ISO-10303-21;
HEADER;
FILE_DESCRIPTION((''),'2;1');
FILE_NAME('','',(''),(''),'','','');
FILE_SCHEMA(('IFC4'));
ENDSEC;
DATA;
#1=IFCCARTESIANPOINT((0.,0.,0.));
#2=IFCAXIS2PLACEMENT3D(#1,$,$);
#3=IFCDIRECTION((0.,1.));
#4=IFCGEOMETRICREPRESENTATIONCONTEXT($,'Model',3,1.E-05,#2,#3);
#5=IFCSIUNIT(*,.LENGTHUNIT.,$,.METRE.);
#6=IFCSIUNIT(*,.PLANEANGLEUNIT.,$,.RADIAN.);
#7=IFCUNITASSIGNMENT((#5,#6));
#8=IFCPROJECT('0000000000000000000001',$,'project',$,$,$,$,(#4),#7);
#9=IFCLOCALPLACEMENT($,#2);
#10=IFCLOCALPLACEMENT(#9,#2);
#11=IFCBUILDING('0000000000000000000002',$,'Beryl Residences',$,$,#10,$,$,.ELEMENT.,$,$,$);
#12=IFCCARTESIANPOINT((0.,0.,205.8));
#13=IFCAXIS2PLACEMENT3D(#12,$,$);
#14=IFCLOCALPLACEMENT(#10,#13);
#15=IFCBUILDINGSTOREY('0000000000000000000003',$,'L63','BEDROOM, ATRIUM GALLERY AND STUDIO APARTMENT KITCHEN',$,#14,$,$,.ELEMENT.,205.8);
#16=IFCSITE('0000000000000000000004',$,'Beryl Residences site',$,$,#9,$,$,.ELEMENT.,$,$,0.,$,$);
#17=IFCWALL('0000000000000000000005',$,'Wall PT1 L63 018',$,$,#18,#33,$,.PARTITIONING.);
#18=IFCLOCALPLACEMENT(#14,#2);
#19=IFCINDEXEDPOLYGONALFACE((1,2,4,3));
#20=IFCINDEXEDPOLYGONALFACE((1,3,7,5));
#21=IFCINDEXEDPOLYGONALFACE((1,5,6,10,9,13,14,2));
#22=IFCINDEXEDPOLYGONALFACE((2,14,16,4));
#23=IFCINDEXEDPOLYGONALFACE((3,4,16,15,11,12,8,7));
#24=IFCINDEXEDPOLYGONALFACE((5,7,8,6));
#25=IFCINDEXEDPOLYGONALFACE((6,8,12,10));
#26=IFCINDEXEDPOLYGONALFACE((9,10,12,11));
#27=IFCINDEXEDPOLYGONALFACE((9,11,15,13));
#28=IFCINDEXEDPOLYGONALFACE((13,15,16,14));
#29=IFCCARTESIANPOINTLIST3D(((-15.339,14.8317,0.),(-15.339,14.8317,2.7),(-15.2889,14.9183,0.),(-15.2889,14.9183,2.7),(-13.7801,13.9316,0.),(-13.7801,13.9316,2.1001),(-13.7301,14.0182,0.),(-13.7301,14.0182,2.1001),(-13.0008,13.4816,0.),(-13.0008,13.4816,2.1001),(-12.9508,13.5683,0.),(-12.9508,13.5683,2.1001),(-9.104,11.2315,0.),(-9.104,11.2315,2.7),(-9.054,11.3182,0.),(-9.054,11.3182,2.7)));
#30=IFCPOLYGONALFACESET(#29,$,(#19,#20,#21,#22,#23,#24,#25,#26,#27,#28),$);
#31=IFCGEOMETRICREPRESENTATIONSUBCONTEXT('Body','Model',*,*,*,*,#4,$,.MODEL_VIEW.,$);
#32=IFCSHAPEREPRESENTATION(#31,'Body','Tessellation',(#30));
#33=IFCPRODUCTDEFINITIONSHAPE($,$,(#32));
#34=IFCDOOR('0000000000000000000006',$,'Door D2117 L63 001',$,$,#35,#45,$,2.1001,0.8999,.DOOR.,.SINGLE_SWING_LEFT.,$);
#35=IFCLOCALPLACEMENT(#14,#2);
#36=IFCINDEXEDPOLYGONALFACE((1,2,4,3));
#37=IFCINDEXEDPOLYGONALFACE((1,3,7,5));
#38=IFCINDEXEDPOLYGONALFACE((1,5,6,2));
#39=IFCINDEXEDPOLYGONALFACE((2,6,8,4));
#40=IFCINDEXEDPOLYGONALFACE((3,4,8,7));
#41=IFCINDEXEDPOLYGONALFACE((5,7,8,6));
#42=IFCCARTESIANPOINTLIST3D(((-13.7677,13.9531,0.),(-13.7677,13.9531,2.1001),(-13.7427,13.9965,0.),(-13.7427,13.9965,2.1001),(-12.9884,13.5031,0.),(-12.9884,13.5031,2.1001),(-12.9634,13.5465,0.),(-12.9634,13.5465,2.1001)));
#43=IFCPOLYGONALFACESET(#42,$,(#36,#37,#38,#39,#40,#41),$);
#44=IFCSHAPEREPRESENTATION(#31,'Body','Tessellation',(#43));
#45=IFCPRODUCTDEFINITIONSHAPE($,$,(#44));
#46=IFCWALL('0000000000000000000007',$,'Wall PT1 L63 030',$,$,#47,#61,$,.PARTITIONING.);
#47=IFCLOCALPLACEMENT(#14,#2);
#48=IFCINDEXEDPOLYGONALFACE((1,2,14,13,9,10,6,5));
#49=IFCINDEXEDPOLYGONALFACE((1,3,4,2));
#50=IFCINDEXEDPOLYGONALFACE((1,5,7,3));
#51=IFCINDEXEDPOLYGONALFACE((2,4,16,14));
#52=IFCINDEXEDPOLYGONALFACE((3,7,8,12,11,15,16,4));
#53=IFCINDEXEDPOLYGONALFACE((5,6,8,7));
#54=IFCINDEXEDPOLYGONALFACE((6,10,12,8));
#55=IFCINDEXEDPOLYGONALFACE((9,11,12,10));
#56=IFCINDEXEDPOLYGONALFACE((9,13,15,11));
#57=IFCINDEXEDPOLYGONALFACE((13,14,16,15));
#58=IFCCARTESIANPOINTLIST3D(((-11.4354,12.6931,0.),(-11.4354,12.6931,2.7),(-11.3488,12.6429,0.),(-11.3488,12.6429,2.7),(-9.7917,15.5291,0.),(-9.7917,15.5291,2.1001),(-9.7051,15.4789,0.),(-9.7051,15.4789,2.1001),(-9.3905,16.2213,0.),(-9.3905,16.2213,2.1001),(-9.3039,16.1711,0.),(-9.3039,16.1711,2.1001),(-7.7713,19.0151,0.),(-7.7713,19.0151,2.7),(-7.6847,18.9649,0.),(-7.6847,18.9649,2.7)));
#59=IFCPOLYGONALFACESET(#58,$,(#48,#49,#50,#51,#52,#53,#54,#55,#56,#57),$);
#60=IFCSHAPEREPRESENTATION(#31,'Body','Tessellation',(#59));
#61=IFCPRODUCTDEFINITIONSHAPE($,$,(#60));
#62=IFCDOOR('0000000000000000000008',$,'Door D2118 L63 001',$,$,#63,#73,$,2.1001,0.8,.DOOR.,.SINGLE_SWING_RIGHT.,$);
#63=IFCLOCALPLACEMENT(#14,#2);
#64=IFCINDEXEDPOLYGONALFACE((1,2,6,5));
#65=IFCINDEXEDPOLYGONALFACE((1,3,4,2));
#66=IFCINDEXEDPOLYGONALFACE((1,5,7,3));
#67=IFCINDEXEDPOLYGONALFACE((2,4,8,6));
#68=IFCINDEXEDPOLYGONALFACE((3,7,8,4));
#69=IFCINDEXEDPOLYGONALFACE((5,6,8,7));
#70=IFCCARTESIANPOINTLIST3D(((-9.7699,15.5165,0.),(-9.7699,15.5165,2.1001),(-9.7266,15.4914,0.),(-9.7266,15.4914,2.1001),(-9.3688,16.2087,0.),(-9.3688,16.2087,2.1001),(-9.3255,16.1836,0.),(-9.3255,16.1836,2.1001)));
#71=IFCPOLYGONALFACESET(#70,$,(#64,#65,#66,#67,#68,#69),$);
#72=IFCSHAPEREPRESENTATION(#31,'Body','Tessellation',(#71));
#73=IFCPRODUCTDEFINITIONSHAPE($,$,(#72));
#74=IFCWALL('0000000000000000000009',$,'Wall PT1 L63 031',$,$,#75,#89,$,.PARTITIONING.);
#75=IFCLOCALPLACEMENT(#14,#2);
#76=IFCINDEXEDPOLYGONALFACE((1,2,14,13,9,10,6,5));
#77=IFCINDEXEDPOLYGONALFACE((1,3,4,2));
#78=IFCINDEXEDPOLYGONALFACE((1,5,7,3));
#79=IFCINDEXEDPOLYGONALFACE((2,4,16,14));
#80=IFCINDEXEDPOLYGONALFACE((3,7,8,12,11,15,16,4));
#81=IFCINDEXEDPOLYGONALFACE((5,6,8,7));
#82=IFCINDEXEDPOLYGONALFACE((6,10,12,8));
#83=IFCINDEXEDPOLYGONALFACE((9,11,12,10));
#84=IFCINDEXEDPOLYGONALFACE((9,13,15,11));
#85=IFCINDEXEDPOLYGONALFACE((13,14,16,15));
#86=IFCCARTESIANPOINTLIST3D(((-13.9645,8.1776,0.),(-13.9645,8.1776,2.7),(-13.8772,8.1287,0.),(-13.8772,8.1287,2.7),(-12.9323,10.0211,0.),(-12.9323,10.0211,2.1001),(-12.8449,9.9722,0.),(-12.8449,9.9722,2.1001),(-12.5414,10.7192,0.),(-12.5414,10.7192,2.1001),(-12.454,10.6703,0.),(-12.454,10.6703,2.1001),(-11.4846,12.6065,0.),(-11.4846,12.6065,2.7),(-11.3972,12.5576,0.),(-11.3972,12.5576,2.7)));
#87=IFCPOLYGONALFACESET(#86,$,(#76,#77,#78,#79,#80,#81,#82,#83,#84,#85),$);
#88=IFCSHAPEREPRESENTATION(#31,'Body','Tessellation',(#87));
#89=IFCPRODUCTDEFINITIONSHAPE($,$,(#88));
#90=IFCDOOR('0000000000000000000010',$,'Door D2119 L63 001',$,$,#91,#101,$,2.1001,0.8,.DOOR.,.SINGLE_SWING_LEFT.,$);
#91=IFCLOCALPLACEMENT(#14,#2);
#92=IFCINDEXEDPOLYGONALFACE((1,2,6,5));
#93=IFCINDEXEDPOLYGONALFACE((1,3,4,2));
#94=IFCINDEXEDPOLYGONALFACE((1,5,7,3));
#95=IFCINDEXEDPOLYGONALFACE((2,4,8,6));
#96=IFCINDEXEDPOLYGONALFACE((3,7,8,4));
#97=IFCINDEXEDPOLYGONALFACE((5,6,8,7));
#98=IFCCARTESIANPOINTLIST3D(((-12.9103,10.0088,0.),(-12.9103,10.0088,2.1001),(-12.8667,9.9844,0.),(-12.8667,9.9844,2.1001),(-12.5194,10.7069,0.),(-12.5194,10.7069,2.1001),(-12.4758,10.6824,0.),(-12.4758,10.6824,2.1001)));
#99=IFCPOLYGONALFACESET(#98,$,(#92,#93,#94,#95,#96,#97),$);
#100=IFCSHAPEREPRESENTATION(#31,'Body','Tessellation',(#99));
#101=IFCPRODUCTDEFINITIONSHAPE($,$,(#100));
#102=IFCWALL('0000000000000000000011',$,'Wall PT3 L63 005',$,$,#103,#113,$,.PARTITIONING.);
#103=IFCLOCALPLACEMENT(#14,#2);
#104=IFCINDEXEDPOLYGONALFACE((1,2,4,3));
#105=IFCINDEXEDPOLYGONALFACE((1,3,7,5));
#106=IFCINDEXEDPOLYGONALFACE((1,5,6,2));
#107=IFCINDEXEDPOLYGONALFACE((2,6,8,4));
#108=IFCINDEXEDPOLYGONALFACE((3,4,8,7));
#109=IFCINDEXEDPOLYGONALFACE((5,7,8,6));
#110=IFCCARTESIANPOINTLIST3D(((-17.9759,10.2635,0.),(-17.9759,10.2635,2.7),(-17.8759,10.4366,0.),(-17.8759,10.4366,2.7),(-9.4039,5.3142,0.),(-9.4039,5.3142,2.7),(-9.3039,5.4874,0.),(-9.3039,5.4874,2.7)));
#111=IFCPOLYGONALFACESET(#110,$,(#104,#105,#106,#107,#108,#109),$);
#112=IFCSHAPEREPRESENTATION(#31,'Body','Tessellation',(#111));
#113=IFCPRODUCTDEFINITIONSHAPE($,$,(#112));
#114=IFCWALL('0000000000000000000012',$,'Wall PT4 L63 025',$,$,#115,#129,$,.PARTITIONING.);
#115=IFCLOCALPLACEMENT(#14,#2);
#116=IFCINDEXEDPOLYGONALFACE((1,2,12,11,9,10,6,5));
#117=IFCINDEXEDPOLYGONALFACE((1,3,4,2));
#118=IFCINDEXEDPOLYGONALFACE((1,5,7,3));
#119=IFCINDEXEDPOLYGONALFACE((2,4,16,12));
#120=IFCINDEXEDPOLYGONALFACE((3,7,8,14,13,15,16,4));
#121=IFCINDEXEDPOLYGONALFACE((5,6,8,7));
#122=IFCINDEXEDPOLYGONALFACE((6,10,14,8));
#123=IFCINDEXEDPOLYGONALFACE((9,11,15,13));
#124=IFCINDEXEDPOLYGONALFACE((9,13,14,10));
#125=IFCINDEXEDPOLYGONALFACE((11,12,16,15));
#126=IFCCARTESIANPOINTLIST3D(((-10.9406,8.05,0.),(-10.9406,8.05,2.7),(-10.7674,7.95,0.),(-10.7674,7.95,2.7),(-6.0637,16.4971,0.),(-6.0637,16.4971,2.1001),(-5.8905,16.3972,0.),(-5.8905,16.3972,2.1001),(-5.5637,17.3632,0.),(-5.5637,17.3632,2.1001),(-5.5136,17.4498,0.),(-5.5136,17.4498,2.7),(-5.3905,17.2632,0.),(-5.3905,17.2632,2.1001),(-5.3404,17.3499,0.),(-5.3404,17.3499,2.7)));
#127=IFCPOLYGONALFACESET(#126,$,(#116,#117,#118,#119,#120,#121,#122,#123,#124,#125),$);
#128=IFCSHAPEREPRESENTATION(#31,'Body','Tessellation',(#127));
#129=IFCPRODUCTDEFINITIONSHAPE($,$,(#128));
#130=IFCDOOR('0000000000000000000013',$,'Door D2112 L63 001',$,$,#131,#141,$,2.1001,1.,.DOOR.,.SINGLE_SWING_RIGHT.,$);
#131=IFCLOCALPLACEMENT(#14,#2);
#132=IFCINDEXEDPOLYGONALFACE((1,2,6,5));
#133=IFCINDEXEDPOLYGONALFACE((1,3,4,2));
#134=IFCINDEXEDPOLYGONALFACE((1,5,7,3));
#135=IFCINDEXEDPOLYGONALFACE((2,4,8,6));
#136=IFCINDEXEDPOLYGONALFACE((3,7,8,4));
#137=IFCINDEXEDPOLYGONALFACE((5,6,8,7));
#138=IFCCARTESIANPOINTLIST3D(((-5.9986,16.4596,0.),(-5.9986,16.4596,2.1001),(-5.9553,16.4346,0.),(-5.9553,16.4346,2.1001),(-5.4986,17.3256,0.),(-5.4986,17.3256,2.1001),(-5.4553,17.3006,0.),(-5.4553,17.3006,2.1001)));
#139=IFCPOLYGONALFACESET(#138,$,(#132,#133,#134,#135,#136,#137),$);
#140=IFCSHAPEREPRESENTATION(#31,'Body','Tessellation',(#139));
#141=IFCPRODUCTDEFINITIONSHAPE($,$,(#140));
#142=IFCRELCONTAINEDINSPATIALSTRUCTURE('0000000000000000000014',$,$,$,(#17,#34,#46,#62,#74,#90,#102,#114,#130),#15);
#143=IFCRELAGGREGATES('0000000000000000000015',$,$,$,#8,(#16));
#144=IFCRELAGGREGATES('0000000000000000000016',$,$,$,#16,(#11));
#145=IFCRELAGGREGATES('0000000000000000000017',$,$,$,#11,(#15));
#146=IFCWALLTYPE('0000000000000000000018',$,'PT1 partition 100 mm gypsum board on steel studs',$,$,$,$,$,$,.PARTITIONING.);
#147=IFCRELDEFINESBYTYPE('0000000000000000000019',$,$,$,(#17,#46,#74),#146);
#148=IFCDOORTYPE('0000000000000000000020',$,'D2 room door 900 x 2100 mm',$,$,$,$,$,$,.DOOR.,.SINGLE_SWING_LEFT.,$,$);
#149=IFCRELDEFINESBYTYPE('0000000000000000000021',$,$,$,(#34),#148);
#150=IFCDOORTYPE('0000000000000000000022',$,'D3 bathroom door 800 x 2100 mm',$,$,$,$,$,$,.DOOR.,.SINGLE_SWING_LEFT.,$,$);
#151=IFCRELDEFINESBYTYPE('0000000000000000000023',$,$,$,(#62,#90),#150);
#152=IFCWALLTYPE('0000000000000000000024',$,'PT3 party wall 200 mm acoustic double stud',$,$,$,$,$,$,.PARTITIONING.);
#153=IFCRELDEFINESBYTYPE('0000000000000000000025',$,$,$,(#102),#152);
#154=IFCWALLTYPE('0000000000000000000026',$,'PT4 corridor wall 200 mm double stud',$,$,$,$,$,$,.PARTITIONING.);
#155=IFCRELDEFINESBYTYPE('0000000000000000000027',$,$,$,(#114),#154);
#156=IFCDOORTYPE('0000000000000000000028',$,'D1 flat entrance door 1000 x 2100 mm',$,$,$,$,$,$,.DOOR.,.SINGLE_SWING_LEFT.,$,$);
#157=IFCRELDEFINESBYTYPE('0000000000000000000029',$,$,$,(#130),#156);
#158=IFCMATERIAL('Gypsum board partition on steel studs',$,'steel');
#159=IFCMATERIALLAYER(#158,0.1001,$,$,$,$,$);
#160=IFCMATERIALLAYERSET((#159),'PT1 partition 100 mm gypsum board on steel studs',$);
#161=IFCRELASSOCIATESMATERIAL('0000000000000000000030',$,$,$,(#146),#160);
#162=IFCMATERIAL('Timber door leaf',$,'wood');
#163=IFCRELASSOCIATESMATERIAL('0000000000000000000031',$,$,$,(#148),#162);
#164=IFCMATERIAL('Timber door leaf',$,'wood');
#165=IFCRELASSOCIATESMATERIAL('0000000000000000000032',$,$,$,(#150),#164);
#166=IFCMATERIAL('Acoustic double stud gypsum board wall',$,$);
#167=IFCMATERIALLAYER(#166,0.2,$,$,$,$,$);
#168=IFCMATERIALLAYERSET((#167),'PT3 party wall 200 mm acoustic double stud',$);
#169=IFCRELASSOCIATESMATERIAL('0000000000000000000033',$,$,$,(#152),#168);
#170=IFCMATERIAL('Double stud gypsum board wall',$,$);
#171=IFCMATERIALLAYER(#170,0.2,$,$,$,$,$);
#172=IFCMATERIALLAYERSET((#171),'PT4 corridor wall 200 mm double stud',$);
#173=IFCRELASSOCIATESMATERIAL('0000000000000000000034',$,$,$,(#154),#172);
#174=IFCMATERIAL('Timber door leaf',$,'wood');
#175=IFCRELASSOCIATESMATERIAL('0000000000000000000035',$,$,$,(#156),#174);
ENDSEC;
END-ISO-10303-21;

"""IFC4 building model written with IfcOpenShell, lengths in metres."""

from ifc_helpers import new_model, si_unit, direction, frame, frame_2d, origin, place, context, subcontext, project, spatial, rectangle, extrude, material, layer, layer_set, type_object, element, fill, save


model = new_model("IFC4")

# Units and contexts
model_context = context("Model", 3, precision=1e-05, world=origin(), true_north=direction((0.0, 1.0)))
body_context = subcontext(model_context, "Body", "Model", "MODEL_VIEW")
ifc_project = project(units=[si_unit("LENGTHUNIT", "METRE"), si_unit("PLANEANGLEUNIT", "RADIAN")], contexts=[model_context])

# Site, building, storey
site_placement = place(None, origin())
site = spatial("IfcSite", under=ifc_project, at=site_placement, Name="Beryl Residences site", CompositionType="ELEMENT", RefElevation=0.0)
building_placement = place(site_placement, origin())
building = spatial("IfcBuilding", under=site, at=building_placement, Name="Beryl Residences", CompositionType="ELEMENT")
storey_placement = place(building_placement, frame((0.0, 0.0, 205.8)))
storey = spatial("IfcBuildingStorey", under=building, at=storey_placement, Name="L63", Description="BEDROOM, ATRIUM GALLERY AND STUDIO APARTMENT KITCHEN", CompositionType="ELEMENT", Elevation=205.8)

# Walls, openings, doors
ifc_material_1 = material(Name="Gypsum board partition on steel studs", Category="steel")
ifc_layer_1 = layer(ifc_material_1, 0.1001)
ifc_layer_set_1 = layer_set([ifc_layer_1], Name="PT1 partition 100 mm gypsum board on steel studs")
wall_type_1 = type_object("IfcWallType", Name="PT1 partition 100 mm gypsum board on steel studs", PredefinedType="PARTITIONING", material=ifc_layer_set_1)
wall_1_placement = place(storey_placement, frame((-15.314, 14.875, 0.0), z_axis=(0.0, 0.0, 1.0), x_axis=(0.866001, -0.500041, 0.0)))
wall_1 = element("IfcWall", 1, at=wall_1_placement, inside=storey, type_object=wall_type_1, Name="Wall PT1 L63 018", PredefinedType="PARTITIONING", context=body_context, shape_type="SweptSolid", body=[
    extrude(rectangle(XDim=7.1997, YDim=0.1001, at=frame_2d((3.5999, 0.0))), origin(), (0.0, 0.0, 1.0), 2.7),
])
opening_1_placement = place(wall_1_placement, frame((1.8, 0.0, 0.0)))
opening_1 = element("IfcOpeningElement", 2, at=opening_1_placement, cuts=wall_1, PredefinedType="OPENING", context=body_context, shape_type="SweptSolid", body=[
    extrude(rectangle(XDim=0.8999, YDim=2.1001, at=frame_2d((0.45, 1.05))), frame((0.0, 0.0601, 0.0), z_axis=(0.0, -1.0, 0.0), x_axis=(1.0, 0.0, 0.0)), (0.0, 0.0, 1.0), 0.1201),
])
ifc_material_2 = material(Name="Timber door leaf", Category="wood")
door_type_1 = type_object("IfcDoorType", Name="D2 room door 900 x 2100 mm", OperationType="SINGLE_SWING_LEFT", PredefinedType="DOOR", material=ifc_material_2)
door_1_placement = place(opening_1_placement, origin())
door_1 = element("IfcDoor", 3, at=door_1_placement, inside=storey, type_object=door_type_1, Name="Door D2117 L63 001", OperationType="SINGLE_SWING_LEFT", OverallHeight=2.1001, OverallWidth=0.8999, PredefinedType="DOOR", context=body_context, shape_type="SweptSolid", body=[
    extrude(rectangle(XDim=0.8999, YDim=2.1001, at=frame_2d((0.45, 1.05))), frame((0.0, 0.0249, 0.0), z_axis=(0.0, -1.0, 0.0), x_axis=(1.0, 0.0, 0.0)), (0.0, 0.0, 1.0), 0.05),
])
fill(opening_1, door_1)
wall_2_placement = place(storey_placement, frame((-11.3921, 12.668, 0.0), z_axis=(0.0, 0.0, 1.0), x_axis=(0.501441, 0.865192, 0.0)))
wall_2 = element("IfcWall", 4, at=wall_2_placement, inside=storey, type_object=wall_type_1, Name="Wall PT1 L63 030", PredefinedType="PARTITIONING", context=body_context, shape_type="SweptSolid", body=[
    extrude(rectangle(XDim=7.3071, YDim=0.1001, at=frame_2d((3.6536, 0.0))), origin(), (0.0, 0.0, 1.0), 2.7),
])
opening_2_placement = place(wall_2_placement, frame((3.2781, 0.0, 0.0)))
opening_2 = element("IfcOpeningElement", 5, at=opening_2_placement, cuts=wall_2, PredefinedType="OPENING", context=body_context, shape_type="SweptSolid", body=[
    extrude(rectangle(XDim=0.8, YDim=2.1001, at=frame_2d((0.3999, 1.05))), frame((0.0, 0.0601, 0.0), z_axis=(0.0, -1.0, 0.0), x_axis=(1.0, 0.0, 0.0)), (0.0, 0.0, 1.0), 0.1201),
])
ifc_material_3 = material(Name="Timber door leaf", Category="wood")
door_type_2 = type_object("IfcDoorType", Name="D3 bathroom door 800 x 2100 mm", OperationType="SINGLE_SWING_LEFT", PredefinedType="DOOR", material=ifc_material_3)
door_2_placement = place(opening_2_placement, origin())
door_2 = element("IfcDoor", 6, at=door_2_placement, inside=storey, type_object=door_type_2, Name="Door D2118 L63 001", OperationType="SINGLE_SWING_RIGHT", OverallHeight=2.1001, OverallWidth=0.8, PredefinedType="DOOR", context=body_context, shape_type="SweptSolid", body=[
    extrude(rectangle(XDim=0.8, YDim=2.1001, at=frame_2d((0.3999, 1.05))), frame((0.0, 0.0249, 0.0), z_axis=(0.0, -1.0, 0.0), x_axis=(1.0, 0.0, 0.0)), (0.0, 0.0, 1.0), 0.05),
])
fill(opening_2, door_2)
wall_3_placement = place(storey_placement, frame((-13.9209, 8.1531, 0.0), z_axis=(0.0, 0.0, 1.0), x_axis=(0.488568, 0.872526, 0.0)))
wall_3 = element("IfcWall", 7, at=wall_3_placement, inside=storey, type_object=wall_type_1, Name="Wall PT1 L63 031", PredefinedType="PARTITIONING", context=body_context, shape_type="SweptSolid", body=[
    extrude(rectangle(XDim=5.0759, YDim=0.1001, at=frame_2d((2.5381, 0.0))), origin(), (0.0, 0.0, 1.0), 2.7),
])
opening_3_placement = place(wall_3_placement, frame((2.113, 0.0, 0.0)))
opening_3 = element("IfcOpeningElement", 8, at=opening_3_placement, cuts=wall_3, PredefinedType="OPENING", context=body_context, shape_type="SweptSolid", body=[
    extrude(rectangle(XDim=0.8, YDim=2.1001, at=frame_2d((0.3999, 1.05))), frame((0.0, 0.0601, 0.0), z_axis=(0.0, -1.0, 0.0), x_axis=(1.0, 0.0, 0.0)), (0.0, 0.0, 1.0), 0.1201),
])
door_3_placement = place(opening_3_placement, origin())
door_3 = element("IfcDoor", 9, at=door_3_placement, inside=storey, type_object=door_type_2, Name="Door D2119 L63 001", OperationType="SINGLE_SWING_LEFT", OverallHeight=2.1001, OverallWidth=0.8, PredefinedType="DOOR", context=body_context, shape_type="SweptSolid", body=[
    extrude(rectangle(XDim=0.8, YDim=2.1001, at=frame_2d((0.3999, 1.05))), frame((0.0, 0.0249, 0.0), z_axis=(0.0, -1.0, 0.0), x_axis=(1.0, 0.0, 0.0)), (0.0, 0.0, 1.0), 0.05),
])
fill(opening_3, door_3)

# Wall
ifc_material_4 = material(Name="Acoustic double stud gypsum board wall")
ifc_layer_2 = layer(ifc_material_4, 0.2)
ifc_layer_set_2 = layer_set([ifc_layer_2], Name="PT3 party wall 200 mm acoustic double stud")
wall_type_2 = type_object("IfcWallType", Name="PT3 party wall 200 mm acoustic double stud", PredefinedType="PARTITIONING", material=ifc_layer_set_2)
wall_4_placement = place(storey_placement, frame((-17.926, 10.3501, 0.0), z_axis=(0.0, 0.0, 1.0), x_axis=(0.866018, -0.500012, 0.0)))
element("IfcWall", 10, at=wall_4_placement, inside=storey, type_object=wall_type_2, Name="Wall PT3 L63 005", PredefinedType="PARTITIONING", context=body_context, shape_type="SweptSolid", body=[
    extrude(rectangle(XDim=9.8982, YDim=0.2, at=frame_2d((4.9492, 0.0))), origin(), (0.0, 0.0, 1.0), 2.7),
])

# Wall, opening, door
ifc_material_5 = material(Name="Double stud gypsum board wall")
ifc_layer_3 = layer(ifc_material_5, 0.2)
ifc_layer_set_3 = layer_set([ifc_layer_3], Name="PT4 corridor wall 200 mm double stud")
wall_type_3 = type_object("IfcWallType", Name="PT4 corridor wall 200 mm double stud", PredefinedType="PARTITIONING", material=ifc_layer_set_3)
wall_5_placement = place(storey_placement, frame((-10.854, 8.0, 0.0), z_axis=(0.0, 0.0, 1.0), x_axis=(0.499998, 0.866027, 0.0)))
wall_5 = element("IfcWall", 11, at=wall_5_placement, inside=storey, type_object=wall_type_3, Name="Wall PT4 L63 025", PredefinedType="PARTITIONING", context=body_context, shape_type="SweptSolid", body=[
    extrude(rectangle(XDim=10.854, YDim=0.2, at=frame_2d((5.427, 0.0))), origin(), (0.0, 0.0, 1.0), 2.7),
])
opening_4_placement = place(wall_5_placement, frame((9.7539, 0.0, 0.0)))
opening_4 = element("IfcOpeningElement", 12, at=opening_4_placement, cuts=wall_5, PredefinedType="OPENING", context=body_context, shape_type="SweptSolid", body=[
    extrude(rectangle(XDim=1.0, YDim=2.1001, at=frame_2d((0.5, 1.05))), frame((0.0, 0.1099, 0.0), z_axis=(0.0, -1.0, 0.0), x_axis=(1.0, 0.0, 0.0)), (0.0, 0.0, 1.0), 0.22),
])
ifc_material_6 = material(Name="Timber door leaf", Category="wood")
door_type_3 = type_object("IfcDoorType", Name="D1 flat entrance door 1000 x 2100 mm", OperationType="SINGLE_SWING_LEFT", PredefinedType="DOOR", material=ifc_material_6)
door_4_placement = place(opening_4_placement, origin())
door_4 = element("IfcDoor", 13, at=door_4_placement, inside=storey, type_object=door_type_3, Name="Door D2112 L63 001", OperationType="SINGLE_SWING_RIGHT", OverallHeight=2.1001, OverallWidth=1.0, PredefinedType="DOOR", context=body_context, shape_type="SweptSolid", body=[
    extrude(rectangle(XDim=1.0, YDim=2.1001, at=frame_2d((0.5, 1.05))), frame((0.0, 0.0249, 0.0), z_axis=(0.0, -1.0, 0.0), x_axis=(1.0, 0.0, 0.0)), (0.0, 0.0, 1.0), 0.05),
])
fill(opening_4, door_4)

save(model, "model.ifc")
